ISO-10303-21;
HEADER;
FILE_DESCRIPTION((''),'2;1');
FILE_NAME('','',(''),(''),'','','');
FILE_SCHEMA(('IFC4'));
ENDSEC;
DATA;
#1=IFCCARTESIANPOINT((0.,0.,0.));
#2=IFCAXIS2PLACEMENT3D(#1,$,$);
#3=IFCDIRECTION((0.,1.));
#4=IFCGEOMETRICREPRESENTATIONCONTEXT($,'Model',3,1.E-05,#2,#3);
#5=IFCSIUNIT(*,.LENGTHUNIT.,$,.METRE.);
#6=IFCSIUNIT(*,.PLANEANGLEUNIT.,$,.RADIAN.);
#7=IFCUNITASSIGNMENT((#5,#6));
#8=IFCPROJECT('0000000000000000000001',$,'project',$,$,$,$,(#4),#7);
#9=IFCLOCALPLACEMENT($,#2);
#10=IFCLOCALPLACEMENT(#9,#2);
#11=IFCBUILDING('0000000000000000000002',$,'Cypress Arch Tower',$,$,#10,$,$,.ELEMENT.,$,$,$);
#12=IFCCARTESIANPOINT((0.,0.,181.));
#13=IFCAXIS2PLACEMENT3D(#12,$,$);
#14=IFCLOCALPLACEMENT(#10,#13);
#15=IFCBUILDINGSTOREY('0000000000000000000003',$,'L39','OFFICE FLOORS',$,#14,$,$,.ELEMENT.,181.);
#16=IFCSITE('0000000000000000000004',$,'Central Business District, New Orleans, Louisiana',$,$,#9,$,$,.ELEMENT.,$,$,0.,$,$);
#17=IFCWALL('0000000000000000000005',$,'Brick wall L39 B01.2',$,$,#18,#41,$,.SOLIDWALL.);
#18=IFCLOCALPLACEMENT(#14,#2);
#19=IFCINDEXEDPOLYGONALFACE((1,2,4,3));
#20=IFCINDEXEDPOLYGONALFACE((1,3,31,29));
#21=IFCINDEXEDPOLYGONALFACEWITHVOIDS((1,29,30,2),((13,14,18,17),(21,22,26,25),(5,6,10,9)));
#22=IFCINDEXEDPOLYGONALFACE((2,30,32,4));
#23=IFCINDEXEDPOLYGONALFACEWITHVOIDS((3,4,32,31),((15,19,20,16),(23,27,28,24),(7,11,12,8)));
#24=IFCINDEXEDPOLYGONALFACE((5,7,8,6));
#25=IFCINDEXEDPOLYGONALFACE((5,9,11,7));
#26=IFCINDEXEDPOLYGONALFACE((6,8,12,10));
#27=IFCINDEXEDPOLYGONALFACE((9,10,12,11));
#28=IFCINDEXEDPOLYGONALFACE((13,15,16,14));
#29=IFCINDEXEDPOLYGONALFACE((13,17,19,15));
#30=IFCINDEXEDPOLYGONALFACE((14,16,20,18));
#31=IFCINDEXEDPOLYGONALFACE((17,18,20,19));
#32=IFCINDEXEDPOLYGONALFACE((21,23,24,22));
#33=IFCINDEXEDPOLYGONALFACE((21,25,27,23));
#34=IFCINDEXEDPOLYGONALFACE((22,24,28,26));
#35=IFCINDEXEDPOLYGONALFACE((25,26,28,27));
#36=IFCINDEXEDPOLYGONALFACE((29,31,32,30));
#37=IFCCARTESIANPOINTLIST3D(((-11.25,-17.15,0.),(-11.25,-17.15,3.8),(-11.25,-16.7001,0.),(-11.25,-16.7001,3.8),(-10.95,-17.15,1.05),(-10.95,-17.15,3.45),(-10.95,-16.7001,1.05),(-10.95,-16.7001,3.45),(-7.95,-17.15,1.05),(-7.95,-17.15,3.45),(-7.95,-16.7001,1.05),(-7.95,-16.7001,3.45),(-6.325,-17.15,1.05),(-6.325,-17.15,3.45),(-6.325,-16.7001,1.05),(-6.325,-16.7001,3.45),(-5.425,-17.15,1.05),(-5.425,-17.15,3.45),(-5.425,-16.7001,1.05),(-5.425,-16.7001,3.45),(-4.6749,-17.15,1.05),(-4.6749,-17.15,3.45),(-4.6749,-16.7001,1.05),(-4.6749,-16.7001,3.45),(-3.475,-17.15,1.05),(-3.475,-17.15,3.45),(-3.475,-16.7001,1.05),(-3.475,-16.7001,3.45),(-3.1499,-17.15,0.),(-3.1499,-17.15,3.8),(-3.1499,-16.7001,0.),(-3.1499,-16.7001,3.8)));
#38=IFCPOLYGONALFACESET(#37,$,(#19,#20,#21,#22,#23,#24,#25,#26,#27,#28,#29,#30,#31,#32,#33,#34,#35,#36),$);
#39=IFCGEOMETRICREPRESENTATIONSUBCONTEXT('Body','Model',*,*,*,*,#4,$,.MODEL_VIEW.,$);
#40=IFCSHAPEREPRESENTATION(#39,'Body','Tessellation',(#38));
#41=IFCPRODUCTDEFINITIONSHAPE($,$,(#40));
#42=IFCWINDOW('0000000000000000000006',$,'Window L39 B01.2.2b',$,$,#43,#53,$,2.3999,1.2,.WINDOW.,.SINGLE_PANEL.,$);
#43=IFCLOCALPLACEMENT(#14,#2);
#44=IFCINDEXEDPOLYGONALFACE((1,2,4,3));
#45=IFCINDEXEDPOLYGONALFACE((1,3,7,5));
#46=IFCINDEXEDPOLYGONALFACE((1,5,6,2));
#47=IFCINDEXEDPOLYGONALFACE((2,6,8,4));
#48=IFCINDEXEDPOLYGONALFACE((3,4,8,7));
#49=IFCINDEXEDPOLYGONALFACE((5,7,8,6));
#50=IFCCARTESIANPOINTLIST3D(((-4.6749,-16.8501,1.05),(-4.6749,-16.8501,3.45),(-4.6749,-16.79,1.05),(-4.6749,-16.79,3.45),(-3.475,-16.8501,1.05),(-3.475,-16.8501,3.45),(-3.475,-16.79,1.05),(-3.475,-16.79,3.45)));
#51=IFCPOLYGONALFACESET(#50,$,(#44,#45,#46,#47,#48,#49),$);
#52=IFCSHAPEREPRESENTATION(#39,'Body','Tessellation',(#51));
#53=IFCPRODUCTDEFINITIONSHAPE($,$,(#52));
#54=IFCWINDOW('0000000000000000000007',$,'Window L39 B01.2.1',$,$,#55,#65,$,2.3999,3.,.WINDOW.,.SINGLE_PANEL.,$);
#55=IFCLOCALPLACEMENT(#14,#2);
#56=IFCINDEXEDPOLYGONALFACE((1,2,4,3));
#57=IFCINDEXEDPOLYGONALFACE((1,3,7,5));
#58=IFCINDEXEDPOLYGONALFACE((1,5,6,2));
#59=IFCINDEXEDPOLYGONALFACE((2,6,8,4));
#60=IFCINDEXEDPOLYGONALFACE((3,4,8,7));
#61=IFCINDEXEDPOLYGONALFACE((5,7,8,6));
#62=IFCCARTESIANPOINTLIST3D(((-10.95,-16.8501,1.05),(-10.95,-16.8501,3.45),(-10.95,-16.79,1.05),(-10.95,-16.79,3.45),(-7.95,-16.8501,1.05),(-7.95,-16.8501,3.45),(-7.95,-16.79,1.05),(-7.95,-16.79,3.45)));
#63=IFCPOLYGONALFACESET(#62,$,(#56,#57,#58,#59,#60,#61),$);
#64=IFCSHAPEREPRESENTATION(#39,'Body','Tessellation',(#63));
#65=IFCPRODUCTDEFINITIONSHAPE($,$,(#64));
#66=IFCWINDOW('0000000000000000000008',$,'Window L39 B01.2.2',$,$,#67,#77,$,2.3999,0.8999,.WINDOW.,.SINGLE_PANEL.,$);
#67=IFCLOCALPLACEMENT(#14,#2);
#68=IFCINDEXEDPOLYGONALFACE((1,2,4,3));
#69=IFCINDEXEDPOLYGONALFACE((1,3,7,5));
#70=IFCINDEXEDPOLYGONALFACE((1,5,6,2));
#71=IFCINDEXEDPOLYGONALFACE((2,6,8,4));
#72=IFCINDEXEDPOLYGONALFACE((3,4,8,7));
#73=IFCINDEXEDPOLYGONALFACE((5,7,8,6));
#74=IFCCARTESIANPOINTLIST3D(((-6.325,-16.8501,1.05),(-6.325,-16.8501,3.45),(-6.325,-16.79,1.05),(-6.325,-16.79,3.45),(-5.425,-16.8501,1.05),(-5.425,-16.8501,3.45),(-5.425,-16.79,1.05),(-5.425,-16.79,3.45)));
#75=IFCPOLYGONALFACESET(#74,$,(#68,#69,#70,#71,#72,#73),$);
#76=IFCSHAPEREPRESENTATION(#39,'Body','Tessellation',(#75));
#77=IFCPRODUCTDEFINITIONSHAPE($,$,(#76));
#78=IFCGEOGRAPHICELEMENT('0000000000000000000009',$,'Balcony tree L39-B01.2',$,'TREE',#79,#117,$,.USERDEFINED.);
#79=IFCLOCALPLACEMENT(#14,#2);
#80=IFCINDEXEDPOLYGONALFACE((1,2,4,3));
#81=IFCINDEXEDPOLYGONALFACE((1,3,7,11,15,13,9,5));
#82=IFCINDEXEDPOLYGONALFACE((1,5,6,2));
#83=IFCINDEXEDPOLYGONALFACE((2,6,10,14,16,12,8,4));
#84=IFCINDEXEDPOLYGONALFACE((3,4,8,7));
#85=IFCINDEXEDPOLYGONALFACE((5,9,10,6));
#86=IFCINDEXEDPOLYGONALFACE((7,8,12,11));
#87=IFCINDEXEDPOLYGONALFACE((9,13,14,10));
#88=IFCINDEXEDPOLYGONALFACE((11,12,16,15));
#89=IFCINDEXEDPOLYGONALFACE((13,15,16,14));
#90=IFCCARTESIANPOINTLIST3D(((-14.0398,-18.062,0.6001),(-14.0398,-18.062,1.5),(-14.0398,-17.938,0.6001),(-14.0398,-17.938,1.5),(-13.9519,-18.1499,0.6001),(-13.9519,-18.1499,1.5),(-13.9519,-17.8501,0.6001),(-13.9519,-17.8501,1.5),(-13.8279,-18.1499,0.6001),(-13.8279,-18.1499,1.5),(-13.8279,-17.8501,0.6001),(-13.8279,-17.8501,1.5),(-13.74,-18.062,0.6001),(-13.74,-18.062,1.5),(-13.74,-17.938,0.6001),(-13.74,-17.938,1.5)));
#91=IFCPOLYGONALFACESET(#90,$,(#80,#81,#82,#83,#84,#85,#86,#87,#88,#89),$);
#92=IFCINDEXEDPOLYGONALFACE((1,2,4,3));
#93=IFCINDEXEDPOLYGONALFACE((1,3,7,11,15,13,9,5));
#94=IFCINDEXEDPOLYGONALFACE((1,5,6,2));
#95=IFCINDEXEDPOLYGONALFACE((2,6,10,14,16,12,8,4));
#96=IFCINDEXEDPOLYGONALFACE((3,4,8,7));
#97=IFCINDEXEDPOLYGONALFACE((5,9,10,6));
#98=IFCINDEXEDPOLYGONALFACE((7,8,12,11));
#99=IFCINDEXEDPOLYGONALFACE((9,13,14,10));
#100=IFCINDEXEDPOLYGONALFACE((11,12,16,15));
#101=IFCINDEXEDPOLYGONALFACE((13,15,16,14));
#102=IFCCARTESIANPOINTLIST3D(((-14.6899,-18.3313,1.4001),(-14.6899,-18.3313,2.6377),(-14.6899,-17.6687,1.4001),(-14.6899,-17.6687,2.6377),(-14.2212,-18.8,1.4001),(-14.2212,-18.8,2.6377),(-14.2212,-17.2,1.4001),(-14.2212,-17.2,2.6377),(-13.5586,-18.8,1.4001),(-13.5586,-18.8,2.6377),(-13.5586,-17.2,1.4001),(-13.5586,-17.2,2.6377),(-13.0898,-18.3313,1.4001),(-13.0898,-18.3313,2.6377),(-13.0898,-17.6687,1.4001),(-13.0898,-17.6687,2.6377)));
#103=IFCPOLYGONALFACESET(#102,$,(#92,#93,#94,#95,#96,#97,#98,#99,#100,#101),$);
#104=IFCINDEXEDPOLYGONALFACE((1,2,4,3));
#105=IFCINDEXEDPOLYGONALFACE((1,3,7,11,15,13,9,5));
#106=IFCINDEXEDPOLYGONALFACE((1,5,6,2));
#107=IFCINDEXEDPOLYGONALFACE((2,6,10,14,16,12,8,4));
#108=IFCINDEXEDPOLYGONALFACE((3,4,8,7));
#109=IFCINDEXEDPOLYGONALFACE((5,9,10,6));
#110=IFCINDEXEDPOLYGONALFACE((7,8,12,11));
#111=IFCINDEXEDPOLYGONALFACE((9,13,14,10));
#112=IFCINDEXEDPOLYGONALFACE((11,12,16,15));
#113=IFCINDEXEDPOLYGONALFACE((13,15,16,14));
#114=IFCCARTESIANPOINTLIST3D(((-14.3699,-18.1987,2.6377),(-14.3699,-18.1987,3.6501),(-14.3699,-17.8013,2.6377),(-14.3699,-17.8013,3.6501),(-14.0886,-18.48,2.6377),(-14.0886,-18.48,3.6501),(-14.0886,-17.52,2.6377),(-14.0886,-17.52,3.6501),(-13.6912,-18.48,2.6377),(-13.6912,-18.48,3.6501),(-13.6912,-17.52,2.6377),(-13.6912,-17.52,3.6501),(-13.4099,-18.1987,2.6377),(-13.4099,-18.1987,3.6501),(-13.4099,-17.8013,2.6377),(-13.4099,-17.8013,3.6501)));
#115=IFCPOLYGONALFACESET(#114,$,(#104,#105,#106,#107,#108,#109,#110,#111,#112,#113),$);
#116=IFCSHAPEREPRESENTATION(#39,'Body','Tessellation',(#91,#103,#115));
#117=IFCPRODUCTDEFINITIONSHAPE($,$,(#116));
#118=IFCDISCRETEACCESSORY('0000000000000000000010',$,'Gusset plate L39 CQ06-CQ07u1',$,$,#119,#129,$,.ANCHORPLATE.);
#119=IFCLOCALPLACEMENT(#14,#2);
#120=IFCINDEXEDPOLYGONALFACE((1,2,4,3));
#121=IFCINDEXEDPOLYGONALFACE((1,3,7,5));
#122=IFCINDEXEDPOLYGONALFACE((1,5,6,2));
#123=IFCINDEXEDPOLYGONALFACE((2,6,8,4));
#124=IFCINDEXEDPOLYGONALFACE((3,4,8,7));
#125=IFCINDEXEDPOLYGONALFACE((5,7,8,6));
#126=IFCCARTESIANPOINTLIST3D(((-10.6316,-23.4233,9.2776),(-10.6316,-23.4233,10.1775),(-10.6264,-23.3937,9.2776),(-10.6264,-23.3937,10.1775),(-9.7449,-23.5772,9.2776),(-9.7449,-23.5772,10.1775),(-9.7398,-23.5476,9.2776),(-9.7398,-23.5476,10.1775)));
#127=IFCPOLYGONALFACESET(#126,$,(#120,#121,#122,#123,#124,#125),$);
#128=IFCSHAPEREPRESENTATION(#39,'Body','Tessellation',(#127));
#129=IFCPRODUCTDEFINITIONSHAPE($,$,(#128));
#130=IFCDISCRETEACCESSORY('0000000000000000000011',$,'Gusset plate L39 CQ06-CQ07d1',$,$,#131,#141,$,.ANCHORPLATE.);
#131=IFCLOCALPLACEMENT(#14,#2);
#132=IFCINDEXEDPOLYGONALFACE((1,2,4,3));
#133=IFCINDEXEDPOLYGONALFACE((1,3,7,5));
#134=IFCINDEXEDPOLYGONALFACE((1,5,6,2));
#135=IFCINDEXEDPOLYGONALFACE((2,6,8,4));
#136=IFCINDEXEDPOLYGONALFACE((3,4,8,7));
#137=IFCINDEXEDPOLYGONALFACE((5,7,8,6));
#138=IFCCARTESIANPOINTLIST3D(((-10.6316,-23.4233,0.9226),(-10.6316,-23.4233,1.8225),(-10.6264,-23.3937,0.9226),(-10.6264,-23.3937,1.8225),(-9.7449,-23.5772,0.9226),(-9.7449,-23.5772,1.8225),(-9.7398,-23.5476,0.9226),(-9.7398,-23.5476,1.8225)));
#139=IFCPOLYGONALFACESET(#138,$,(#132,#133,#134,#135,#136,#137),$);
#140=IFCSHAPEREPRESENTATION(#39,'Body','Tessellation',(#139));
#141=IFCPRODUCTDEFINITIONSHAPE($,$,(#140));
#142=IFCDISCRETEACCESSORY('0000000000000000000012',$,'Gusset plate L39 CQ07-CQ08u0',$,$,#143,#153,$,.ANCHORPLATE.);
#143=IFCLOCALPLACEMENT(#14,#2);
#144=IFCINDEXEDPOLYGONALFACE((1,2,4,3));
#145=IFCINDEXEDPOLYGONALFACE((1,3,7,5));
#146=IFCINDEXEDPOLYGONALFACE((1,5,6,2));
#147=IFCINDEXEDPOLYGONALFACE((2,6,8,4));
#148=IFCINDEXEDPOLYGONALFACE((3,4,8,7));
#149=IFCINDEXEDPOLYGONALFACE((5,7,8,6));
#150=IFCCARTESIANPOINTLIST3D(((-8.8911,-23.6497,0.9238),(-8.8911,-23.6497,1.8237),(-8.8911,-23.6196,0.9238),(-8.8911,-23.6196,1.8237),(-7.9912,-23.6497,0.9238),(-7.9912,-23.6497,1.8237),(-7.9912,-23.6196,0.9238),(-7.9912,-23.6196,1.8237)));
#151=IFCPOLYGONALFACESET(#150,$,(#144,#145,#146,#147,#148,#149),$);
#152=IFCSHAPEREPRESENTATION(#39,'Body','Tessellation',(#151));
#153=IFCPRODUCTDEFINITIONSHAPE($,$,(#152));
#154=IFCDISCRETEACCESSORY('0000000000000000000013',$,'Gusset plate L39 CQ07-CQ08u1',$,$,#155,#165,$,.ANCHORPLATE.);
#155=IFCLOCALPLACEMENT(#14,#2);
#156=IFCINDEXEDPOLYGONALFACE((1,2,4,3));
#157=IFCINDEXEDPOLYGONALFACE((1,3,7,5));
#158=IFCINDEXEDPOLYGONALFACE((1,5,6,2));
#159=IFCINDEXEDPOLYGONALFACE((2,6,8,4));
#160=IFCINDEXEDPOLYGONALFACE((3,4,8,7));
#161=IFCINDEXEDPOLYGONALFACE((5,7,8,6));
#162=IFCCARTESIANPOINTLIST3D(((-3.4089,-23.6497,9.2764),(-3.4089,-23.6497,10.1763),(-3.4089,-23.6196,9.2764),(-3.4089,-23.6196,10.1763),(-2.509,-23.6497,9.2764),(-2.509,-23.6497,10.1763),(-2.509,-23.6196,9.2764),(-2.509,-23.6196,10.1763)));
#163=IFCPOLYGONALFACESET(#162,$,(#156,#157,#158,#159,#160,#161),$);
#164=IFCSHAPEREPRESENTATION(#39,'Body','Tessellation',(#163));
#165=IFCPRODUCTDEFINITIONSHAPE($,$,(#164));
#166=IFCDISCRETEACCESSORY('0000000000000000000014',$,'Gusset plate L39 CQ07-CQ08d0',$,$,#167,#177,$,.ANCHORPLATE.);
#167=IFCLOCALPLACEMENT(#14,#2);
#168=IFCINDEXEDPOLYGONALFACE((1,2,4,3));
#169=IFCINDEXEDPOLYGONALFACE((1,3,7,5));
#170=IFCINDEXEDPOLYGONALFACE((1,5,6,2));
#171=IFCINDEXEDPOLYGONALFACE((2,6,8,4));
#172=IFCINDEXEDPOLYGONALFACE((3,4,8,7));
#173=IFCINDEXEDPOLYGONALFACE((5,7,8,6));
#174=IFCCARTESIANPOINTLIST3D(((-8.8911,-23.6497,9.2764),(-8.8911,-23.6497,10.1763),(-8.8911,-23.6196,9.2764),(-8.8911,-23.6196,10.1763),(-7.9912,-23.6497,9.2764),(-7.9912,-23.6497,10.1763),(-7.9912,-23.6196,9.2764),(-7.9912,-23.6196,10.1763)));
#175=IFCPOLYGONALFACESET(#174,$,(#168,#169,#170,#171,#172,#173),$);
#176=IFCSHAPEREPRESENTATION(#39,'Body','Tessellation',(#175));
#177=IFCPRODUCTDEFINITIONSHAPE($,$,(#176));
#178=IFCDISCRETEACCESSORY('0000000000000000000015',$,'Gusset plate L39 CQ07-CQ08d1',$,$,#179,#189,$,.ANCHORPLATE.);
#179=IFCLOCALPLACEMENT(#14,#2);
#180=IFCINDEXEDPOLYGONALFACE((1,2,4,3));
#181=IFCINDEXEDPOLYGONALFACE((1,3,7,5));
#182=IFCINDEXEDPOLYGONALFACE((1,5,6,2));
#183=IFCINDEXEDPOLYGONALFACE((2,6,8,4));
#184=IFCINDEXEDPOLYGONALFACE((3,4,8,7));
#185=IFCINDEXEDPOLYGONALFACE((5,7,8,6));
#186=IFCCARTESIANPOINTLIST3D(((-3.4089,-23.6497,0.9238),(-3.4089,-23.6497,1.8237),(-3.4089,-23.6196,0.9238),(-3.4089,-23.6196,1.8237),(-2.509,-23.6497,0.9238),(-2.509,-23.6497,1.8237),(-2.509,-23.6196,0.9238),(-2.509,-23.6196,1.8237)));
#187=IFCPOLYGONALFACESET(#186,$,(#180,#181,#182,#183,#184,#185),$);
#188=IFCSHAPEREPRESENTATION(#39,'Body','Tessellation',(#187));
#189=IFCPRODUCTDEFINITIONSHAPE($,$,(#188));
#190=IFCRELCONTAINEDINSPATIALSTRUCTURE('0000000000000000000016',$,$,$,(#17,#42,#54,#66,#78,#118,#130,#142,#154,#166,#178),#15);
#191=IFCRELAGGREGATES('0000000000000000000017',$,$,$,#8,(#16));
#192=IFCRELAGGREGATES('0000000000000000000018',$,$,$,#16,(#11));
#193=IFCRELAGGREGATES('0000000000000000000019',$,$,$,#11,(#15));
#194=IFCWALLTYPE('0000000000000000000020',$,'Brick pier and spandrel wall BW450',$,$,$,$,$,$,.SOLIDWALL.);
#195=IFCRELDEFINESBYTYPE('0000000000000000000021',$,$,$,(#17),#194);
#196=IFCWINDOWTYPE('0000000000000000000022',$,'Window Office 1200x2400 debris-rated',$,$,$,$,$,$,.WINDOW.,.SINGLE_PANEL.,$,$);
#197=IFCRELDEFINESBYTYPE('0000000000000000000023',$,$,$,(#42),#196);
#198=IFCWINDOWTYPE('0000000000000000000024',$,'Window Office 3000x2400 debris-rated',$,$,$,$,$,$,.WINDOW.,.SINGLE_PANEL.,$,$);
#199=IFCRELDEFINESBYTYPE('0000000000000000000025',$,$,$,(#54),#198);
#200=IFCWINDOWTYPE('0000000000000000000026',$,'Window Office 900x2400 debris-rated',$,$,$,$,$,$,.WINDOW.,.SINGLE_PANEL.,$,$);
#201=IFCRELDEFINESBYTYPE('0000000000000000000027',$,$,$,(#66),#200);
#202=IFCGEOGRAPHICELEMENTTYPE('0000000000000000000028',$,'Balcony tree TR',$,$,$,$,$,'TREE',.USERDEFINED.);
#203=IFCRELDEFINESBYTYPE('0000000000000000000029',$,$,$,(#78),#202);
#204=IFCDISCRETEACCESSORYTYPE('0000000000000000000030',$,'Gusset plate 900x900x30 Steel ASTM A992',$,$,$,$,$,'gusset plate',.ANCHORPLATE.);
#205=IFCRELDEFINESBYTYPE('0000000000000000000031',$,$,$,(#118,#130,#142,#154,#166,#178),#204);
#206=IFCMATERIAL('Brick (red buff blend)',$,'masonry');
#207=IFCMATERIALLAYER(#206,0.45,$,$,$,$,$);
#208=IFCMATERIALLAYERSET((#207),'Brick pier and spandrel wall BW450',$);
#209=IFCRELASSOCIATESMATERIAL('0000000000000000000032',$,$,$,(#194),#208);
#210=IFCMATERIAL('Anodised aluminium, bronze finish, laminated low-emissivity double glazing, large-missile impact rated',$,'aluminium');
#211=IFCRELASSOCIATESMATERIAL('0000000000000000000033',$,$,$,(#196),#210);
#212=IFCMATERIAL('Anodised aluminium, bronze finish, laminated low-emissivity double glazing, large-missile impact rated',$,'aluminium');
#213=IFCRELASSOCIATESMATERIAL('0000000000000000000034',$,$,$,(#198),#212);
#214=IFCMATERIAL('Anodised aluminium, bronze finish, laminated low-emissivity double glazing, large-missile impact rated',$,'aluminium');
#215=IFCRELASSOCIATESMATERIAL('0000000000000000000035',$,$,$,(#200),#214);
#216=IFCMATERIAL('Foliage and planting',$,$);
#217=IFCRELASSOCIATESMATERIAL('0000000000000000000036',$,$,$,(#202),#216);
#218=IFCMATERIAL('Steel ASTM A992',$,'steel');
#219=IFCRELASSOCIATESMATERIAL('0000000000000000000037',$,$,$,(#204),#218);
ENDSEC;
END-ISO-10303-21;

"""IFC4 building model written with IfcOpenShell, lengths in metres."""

from ifc_helpers import new_model, si_unit, direction, frame, frame_2d, origin, origin_2d, place, context, subcontext, project, spatial, polyline, rectangle, outline, extrude, material, layer, layer_set, material_profile, profile_set, type_object, element, fill, save


model = new_model("IFC4")

# Units and contexts
model_context = context("Model", 3, precision=1e-05, world=origin(), true_north=direction((0.0, 1.0)))
body_context = subcontext(model_context, "Body", "Model", "MODEL_VIEW")
ifc_project = project(units=[si_unit("LENGTHUNIT", "METRE"), si_unit("PLANEANGLEUNIT", "RADIAN")], contexts=[model_context])

# Site, building, storey
site_placement = place(None, origin())
site = spatial("IfcSite", under=ifc_project, at=site_placement, Name="Central Business District, New Orleans, Louisiana", CompositionType="ELEMENT", RefElevation=0.0)
building_placement = place(site_placement, origin())
building = spatial("IfcBuilding", under=site, at=building_placement, Name="Cypress Arch Tower", CompositionType="ELEMENT")
storey_placement = place(building_placement, frame((0.0, 0.0, 181.0)))
storey = spatial("IfcBuildingStorey", under=building, at=storey_placement, Name="L39", Description="OFFICE FLOORS", CompositionType="ELEMENT", Elevation=181.0)

# Wall, openings, windows
ifc_material_1 = material(Name="Brick (red buff blend)", Category="masonry")
ifc_layer = layer(ifc_material_1, 0.45)
ifc_layer_set = layer_set([ifc_layer], Name="Brick pier and spandrel wall BW450")
wall_type = type_object("IfcWallType", Name="Brick pier and spandrel wall BW450", PredefinedType="SOLIDWALL", material=ifc_layer_set)
wall_1_placement = place(storey_placement, frame((-11.25, -16.925, 0.0), z_axis=(0.0, 0.0, 1.0), x_axis=(1.0, 0.0, 0.0)))
wall_1 = element("IfcWall", 1, at=wall_1_placement, inside=storey, type_object=wall_type, Name="Brick wall L39 B01.2", PredefinedType="SOLIDWALL", context=body_context, shape_type="SweptSolid", body=[
    extrude(rectangle(XDim=8.1001, YDim=0.45, at=frame_2d((4.05, 0.0))), origin(), (0.0, 0.0, 1.0), 3.8),
])
opening_1_placement = place(wall_1_placement, frame((0.3, 0.0, 1.05)))
opening_1 = element("IfcOpeningElement", 2, at=opening_1_placement, cuts=wall_1, PredefinedType="OPENING", context=body_context, shape_type="SweptSolid", body=[
    extrude(rectangle(XDim=3.0, YDim=2.3999, at=frame_2d((1.5, 1.2))), frame((0.0, 0.2349, 0.0), z_axis=(0.0, -1.0, 0.0), x_axis=(1.0, 0.0, 0.0)), (0.0, 0.0, 1.0), 0.47),
])
opening_2_placement = place(wall_1_placement, frame((4.925, 0.0, 1.05)))
opening_2 = element("IfcOpeningElement", 3, at=opening_2_placement, cuts=wall_1, PredefinedType="OPENING", context=body_context, shape_type="SweptSolid", body=[
    extrude(rectangle(XDim=0.8999, YDim=2.3999, at=frame_2d((0.45, 1.2))), frame((0.0, 0.2349, 0.0), z_axis=(0.0, -1.0, 0.0), x_axis=(1.0, 0.0, 0.0)), (0.0, 0.0, 1.0), 0.47),
])
opening_3_placement = place(wall_1_placement, frame((6.575, 0.0, 1.05)))
opening_3 = element("IfcOpeningElement", 4, at=opening_3_placement, cuts=wall_1, PredefinedType="OPENING", context=body_context, shape_type="SweptSolid", body=[
    extrude(rectangle(XDim=1.2, YDim=2.3999, at=frame_2d((0.6001, 1.2))), frame((0.0, 0.2349, 0.0), z_axis=(0.0, -1.0, 0.0), x_axis=(1.0, 0.0, 0.0)), (0.0, 0.0, 1.0), 0.47),
])
ifc_material_2 = material(Name="Anodised aluminium, bronze finish, laminated low-emissivity double glazing, large-missile impact rated", Category="aluminium")
window_type_1 = type_object("IfcWindowType", Name="Window Office 1200x2400 debris-rated", PartitioningType="SINGLE_PANEL", PredefinedType="WINDOW", material=ifc_material_2)
window_1_placement = place(opening_3_placement, origin())
window_1 = element("IfcWindow", 5, at=window_1_placement, inside=storey, type_object=window_type_1, Name="Window L39 B01.2.2b", OverallHeight=2.3999, OverallWidth=1.2, PartitioningType="SINGLE_PANEL", PredefinedType="WINDOW", context=body_context, shape_type="SweptSolid", body=[
    extrude(rectangle(XDim=1.2, YDim=2.3999, at=frame_2d((0.6001, 1.2))), frame((0.0, 0.135, 0.0), z_axis=(0.0, -1.0, 0.0), x_axis=(1.0, 0.0, 0.0)), (0.0, 0.0, 1.0), 0.0601),
])
fill(opening_3, window_1)
ifc_material_3 = material(Name="Anodised aluminium, bronze finish, laminated low-emissivity double glazing, large-missile impact rated", Category="aluminium")
window_type_2 = type_object("IfcWindowType", Name="Window Office 3000x2400 debris-rated", PartitioningType="SINGLE_PANEL", PredefinedType="WINDOW", material=ifc_material_3)
window_2_placement = place(opening_1_placement, origin())
window_2 = element("IfcWindow", 6, at=window_2_placement, inside=storey, type_object=window_type_2, Name="Window L39 B01.2.1", OverallHeight=2.3999, OverallWidth=3.0, PartitioningType="SINGLE_PANEL", PredefinedType="WINDOW", context=body_context, shape_type="SweptSolid", body=[
    extrude(rectangle(XDim=3.0, YDim=2.3999, at=frame_2d((1.5, 1.2))), frame((0.0, 0.135, 0.0), z_axis=(0.0, -1.0, 0.0), x_axis=(1.0, 0.0, 0.0)), (0.0, 0.0, 1.0), 0.0601),
])
fill(opening_1, window_2)
ifc_material_4 = material(Name="Anodised aluminium, bronze finish, laminated low-emissivity double glazing, large-missile impact rated", Category="aluminium")
window_type_3 = type_object("IfcWindowType", Name="Window Office 900x2400 debris-rated", PartitioningType="SINGLE_PANEL", PredefinedType="WINDOW", material=ifc_material_4)
window_3_placement = place(opening_2_placement, origin())
window_3 = element("IfcWindow", 7, at=window_3_placement, inside=storey, type_object=window_type_3, Name="Window L39 B01.2.2", OverallHeight=2.3999, OverallWidth=0.8999, PartitioningType="SINGLE_PANEL", PredefinedType="WINDOW", context=body_context, shape_type="SweptSolid", body=[
    extrude(rectangle(XDim=0.8999, YDim=2.3999, at=frame_2d((0.45, 1.2))), frame((0.0, 0.135, 0.0), z_axis=(0.0, -1.0, 0.0), x_axis=(1.0, 0.0, 0.0)), (0.0, 0.0, 1.0), 0.0601),
])
fill(opening_2, window_3)

# Geographic element
ifc_material_5 = material(Name="Foliage and planting")
geographic_element_type = type_object("IfcGeographicElementType", Name="Balcony tree TR", ElementType="TREE", PredefinedType="USERDEFINED", material=ifc_material_5)
geographic_element_placement = place(storey_placement, frame((-13.8899, -18.0, 0.6001), z_axis=(0.0, 0.0, 1.0), x_axis=(1.0, 0.0, 0.0)))
element("IfcGeographicElement", 8, at=geographic_element_placement, inside=storey, type_object=geographic_element_type, Name="Balcony tree L39-B01.2", ObjectType="TREE", PredefinedType="USERDEFINED", context=body_context, shape_type="SweptSolid", body=[
    extrude(outline(polyline([(0.1499, 0.062), (0.062, 0.1499), (-0.062, 0.1499), (-0.1499, 0.062), (-0.1499, -0.062), (-0.062, -0.1499), (0.062, -0.1499), (0.1499, -0.062), (0.1499, 0.062)])), origin(), (0.0, 0.0, 1.0), 0.8999),
    extrude(outline(polyline([(0.8, 0.3313), (0.3313, 0.8), (-0.3313, 0.8), (-0.8, 0.3313), (-0.8, -0.3313), (-0.3313, -0.8), (0.3313, -0.8), (0.8, -0.3313), (0.8, 0.3313)])), frame((0.0, 0.0, 0.8)), (0.0, 0.0, 1.0), 1.2375),
    extrude(outline(polyline([(0.48, 0.1987), (0.1987, 0.48), (-0.1987, 0.48), (-0.48, 0.1987), (-0.48, -0.1987), (-0.1987, -0.48), (0.1987, -0.48), (0.48, -0.1987), (0.48, 0.1987)])), frame((0.0, 0.0, 2.0376)), (0.0, 0.0, 1.0), 1.0125),
])

# Discrete accessories
ifc_material_6 = material(Name="Steel ASTM A992", Category="steel")
ifc_material_profile_1 = material_profile(ifc_material_6, rectangle(XDim=0.8999, YDim=0.8999, at=origin_2d()), Name="PL 30 900x900")
ifc_profile_set_1 = profile_set([ifc_material_profile_1], Name="Steel ASTM A992")
discrete_accessory_type_1 = type_object("IfcDiscreteAccessoryType", Name="Gusset plate 900x900x30 Steel ASTM A992", ElementType="gusset plate", PredefinedType="ANCHORPLATE", material=ifc_profile_set_1)
for number, where, z_axis, x_axis, name in (
    (9, (-10.1882, -23.5002, 9.7275), (0.170998, 0.985271, 0.0), (-0.985271, 0.170998, 0.0), "Gusset plate L39 CQ06-CQ07u1"),
    (10, (-10.1882, -23.5002, 1.3726), (0.170998, 0.985271, 0.0), (-0.985271, 0.170998, 0.0), "Gusset plate L39 CQ06-CQ07d1"),
    (11, (-8.4412, -23.6497, 1.3738), (0.0, 1.0, 0.0), (-1.0, 0.0, 0.0), "Gusset plate L39 CQ07-CQ08u0"),
    (12, (-2.959, -23.6497, 9.7263), (0.0, 1.0, 0.0), (-1.0, 0.0, 0.0), "Gusset plate L39 CQ07-CQ08u1"),
    (13, (-8.4412, -23.6497, 9.7263), (0.0, 1.0, 0.0), (-1.0, 0.0, 0.0), "Gusset plate L39 CQ07-CQ08d0"),
    (14, (-2.959, -23.6497, 1.3738), (0.0, 1.0, 0.0), (-1.0, 0.0, 0.0), "Gusset plate L39 CQ07-CQ08d1"),
):
    element("IfcDiscreteAccessory", number, at=place(storey_placement, frame(where, z_axis=z_axis, x_axis=x_axis)), inside=storey, type_object=discrete_accessory_type_1, Name=name, PredefinedType="ANCHORPLATE", context=body_context, shape_type="SweptSolid", body=[
        extrude(rectangle(XDim=0.8999, YDim=0.8999, at=origin_2d()), origin(), (0.0, 0.0, 1.0), 0.03),
    ])

save(model, "model.ifc")
